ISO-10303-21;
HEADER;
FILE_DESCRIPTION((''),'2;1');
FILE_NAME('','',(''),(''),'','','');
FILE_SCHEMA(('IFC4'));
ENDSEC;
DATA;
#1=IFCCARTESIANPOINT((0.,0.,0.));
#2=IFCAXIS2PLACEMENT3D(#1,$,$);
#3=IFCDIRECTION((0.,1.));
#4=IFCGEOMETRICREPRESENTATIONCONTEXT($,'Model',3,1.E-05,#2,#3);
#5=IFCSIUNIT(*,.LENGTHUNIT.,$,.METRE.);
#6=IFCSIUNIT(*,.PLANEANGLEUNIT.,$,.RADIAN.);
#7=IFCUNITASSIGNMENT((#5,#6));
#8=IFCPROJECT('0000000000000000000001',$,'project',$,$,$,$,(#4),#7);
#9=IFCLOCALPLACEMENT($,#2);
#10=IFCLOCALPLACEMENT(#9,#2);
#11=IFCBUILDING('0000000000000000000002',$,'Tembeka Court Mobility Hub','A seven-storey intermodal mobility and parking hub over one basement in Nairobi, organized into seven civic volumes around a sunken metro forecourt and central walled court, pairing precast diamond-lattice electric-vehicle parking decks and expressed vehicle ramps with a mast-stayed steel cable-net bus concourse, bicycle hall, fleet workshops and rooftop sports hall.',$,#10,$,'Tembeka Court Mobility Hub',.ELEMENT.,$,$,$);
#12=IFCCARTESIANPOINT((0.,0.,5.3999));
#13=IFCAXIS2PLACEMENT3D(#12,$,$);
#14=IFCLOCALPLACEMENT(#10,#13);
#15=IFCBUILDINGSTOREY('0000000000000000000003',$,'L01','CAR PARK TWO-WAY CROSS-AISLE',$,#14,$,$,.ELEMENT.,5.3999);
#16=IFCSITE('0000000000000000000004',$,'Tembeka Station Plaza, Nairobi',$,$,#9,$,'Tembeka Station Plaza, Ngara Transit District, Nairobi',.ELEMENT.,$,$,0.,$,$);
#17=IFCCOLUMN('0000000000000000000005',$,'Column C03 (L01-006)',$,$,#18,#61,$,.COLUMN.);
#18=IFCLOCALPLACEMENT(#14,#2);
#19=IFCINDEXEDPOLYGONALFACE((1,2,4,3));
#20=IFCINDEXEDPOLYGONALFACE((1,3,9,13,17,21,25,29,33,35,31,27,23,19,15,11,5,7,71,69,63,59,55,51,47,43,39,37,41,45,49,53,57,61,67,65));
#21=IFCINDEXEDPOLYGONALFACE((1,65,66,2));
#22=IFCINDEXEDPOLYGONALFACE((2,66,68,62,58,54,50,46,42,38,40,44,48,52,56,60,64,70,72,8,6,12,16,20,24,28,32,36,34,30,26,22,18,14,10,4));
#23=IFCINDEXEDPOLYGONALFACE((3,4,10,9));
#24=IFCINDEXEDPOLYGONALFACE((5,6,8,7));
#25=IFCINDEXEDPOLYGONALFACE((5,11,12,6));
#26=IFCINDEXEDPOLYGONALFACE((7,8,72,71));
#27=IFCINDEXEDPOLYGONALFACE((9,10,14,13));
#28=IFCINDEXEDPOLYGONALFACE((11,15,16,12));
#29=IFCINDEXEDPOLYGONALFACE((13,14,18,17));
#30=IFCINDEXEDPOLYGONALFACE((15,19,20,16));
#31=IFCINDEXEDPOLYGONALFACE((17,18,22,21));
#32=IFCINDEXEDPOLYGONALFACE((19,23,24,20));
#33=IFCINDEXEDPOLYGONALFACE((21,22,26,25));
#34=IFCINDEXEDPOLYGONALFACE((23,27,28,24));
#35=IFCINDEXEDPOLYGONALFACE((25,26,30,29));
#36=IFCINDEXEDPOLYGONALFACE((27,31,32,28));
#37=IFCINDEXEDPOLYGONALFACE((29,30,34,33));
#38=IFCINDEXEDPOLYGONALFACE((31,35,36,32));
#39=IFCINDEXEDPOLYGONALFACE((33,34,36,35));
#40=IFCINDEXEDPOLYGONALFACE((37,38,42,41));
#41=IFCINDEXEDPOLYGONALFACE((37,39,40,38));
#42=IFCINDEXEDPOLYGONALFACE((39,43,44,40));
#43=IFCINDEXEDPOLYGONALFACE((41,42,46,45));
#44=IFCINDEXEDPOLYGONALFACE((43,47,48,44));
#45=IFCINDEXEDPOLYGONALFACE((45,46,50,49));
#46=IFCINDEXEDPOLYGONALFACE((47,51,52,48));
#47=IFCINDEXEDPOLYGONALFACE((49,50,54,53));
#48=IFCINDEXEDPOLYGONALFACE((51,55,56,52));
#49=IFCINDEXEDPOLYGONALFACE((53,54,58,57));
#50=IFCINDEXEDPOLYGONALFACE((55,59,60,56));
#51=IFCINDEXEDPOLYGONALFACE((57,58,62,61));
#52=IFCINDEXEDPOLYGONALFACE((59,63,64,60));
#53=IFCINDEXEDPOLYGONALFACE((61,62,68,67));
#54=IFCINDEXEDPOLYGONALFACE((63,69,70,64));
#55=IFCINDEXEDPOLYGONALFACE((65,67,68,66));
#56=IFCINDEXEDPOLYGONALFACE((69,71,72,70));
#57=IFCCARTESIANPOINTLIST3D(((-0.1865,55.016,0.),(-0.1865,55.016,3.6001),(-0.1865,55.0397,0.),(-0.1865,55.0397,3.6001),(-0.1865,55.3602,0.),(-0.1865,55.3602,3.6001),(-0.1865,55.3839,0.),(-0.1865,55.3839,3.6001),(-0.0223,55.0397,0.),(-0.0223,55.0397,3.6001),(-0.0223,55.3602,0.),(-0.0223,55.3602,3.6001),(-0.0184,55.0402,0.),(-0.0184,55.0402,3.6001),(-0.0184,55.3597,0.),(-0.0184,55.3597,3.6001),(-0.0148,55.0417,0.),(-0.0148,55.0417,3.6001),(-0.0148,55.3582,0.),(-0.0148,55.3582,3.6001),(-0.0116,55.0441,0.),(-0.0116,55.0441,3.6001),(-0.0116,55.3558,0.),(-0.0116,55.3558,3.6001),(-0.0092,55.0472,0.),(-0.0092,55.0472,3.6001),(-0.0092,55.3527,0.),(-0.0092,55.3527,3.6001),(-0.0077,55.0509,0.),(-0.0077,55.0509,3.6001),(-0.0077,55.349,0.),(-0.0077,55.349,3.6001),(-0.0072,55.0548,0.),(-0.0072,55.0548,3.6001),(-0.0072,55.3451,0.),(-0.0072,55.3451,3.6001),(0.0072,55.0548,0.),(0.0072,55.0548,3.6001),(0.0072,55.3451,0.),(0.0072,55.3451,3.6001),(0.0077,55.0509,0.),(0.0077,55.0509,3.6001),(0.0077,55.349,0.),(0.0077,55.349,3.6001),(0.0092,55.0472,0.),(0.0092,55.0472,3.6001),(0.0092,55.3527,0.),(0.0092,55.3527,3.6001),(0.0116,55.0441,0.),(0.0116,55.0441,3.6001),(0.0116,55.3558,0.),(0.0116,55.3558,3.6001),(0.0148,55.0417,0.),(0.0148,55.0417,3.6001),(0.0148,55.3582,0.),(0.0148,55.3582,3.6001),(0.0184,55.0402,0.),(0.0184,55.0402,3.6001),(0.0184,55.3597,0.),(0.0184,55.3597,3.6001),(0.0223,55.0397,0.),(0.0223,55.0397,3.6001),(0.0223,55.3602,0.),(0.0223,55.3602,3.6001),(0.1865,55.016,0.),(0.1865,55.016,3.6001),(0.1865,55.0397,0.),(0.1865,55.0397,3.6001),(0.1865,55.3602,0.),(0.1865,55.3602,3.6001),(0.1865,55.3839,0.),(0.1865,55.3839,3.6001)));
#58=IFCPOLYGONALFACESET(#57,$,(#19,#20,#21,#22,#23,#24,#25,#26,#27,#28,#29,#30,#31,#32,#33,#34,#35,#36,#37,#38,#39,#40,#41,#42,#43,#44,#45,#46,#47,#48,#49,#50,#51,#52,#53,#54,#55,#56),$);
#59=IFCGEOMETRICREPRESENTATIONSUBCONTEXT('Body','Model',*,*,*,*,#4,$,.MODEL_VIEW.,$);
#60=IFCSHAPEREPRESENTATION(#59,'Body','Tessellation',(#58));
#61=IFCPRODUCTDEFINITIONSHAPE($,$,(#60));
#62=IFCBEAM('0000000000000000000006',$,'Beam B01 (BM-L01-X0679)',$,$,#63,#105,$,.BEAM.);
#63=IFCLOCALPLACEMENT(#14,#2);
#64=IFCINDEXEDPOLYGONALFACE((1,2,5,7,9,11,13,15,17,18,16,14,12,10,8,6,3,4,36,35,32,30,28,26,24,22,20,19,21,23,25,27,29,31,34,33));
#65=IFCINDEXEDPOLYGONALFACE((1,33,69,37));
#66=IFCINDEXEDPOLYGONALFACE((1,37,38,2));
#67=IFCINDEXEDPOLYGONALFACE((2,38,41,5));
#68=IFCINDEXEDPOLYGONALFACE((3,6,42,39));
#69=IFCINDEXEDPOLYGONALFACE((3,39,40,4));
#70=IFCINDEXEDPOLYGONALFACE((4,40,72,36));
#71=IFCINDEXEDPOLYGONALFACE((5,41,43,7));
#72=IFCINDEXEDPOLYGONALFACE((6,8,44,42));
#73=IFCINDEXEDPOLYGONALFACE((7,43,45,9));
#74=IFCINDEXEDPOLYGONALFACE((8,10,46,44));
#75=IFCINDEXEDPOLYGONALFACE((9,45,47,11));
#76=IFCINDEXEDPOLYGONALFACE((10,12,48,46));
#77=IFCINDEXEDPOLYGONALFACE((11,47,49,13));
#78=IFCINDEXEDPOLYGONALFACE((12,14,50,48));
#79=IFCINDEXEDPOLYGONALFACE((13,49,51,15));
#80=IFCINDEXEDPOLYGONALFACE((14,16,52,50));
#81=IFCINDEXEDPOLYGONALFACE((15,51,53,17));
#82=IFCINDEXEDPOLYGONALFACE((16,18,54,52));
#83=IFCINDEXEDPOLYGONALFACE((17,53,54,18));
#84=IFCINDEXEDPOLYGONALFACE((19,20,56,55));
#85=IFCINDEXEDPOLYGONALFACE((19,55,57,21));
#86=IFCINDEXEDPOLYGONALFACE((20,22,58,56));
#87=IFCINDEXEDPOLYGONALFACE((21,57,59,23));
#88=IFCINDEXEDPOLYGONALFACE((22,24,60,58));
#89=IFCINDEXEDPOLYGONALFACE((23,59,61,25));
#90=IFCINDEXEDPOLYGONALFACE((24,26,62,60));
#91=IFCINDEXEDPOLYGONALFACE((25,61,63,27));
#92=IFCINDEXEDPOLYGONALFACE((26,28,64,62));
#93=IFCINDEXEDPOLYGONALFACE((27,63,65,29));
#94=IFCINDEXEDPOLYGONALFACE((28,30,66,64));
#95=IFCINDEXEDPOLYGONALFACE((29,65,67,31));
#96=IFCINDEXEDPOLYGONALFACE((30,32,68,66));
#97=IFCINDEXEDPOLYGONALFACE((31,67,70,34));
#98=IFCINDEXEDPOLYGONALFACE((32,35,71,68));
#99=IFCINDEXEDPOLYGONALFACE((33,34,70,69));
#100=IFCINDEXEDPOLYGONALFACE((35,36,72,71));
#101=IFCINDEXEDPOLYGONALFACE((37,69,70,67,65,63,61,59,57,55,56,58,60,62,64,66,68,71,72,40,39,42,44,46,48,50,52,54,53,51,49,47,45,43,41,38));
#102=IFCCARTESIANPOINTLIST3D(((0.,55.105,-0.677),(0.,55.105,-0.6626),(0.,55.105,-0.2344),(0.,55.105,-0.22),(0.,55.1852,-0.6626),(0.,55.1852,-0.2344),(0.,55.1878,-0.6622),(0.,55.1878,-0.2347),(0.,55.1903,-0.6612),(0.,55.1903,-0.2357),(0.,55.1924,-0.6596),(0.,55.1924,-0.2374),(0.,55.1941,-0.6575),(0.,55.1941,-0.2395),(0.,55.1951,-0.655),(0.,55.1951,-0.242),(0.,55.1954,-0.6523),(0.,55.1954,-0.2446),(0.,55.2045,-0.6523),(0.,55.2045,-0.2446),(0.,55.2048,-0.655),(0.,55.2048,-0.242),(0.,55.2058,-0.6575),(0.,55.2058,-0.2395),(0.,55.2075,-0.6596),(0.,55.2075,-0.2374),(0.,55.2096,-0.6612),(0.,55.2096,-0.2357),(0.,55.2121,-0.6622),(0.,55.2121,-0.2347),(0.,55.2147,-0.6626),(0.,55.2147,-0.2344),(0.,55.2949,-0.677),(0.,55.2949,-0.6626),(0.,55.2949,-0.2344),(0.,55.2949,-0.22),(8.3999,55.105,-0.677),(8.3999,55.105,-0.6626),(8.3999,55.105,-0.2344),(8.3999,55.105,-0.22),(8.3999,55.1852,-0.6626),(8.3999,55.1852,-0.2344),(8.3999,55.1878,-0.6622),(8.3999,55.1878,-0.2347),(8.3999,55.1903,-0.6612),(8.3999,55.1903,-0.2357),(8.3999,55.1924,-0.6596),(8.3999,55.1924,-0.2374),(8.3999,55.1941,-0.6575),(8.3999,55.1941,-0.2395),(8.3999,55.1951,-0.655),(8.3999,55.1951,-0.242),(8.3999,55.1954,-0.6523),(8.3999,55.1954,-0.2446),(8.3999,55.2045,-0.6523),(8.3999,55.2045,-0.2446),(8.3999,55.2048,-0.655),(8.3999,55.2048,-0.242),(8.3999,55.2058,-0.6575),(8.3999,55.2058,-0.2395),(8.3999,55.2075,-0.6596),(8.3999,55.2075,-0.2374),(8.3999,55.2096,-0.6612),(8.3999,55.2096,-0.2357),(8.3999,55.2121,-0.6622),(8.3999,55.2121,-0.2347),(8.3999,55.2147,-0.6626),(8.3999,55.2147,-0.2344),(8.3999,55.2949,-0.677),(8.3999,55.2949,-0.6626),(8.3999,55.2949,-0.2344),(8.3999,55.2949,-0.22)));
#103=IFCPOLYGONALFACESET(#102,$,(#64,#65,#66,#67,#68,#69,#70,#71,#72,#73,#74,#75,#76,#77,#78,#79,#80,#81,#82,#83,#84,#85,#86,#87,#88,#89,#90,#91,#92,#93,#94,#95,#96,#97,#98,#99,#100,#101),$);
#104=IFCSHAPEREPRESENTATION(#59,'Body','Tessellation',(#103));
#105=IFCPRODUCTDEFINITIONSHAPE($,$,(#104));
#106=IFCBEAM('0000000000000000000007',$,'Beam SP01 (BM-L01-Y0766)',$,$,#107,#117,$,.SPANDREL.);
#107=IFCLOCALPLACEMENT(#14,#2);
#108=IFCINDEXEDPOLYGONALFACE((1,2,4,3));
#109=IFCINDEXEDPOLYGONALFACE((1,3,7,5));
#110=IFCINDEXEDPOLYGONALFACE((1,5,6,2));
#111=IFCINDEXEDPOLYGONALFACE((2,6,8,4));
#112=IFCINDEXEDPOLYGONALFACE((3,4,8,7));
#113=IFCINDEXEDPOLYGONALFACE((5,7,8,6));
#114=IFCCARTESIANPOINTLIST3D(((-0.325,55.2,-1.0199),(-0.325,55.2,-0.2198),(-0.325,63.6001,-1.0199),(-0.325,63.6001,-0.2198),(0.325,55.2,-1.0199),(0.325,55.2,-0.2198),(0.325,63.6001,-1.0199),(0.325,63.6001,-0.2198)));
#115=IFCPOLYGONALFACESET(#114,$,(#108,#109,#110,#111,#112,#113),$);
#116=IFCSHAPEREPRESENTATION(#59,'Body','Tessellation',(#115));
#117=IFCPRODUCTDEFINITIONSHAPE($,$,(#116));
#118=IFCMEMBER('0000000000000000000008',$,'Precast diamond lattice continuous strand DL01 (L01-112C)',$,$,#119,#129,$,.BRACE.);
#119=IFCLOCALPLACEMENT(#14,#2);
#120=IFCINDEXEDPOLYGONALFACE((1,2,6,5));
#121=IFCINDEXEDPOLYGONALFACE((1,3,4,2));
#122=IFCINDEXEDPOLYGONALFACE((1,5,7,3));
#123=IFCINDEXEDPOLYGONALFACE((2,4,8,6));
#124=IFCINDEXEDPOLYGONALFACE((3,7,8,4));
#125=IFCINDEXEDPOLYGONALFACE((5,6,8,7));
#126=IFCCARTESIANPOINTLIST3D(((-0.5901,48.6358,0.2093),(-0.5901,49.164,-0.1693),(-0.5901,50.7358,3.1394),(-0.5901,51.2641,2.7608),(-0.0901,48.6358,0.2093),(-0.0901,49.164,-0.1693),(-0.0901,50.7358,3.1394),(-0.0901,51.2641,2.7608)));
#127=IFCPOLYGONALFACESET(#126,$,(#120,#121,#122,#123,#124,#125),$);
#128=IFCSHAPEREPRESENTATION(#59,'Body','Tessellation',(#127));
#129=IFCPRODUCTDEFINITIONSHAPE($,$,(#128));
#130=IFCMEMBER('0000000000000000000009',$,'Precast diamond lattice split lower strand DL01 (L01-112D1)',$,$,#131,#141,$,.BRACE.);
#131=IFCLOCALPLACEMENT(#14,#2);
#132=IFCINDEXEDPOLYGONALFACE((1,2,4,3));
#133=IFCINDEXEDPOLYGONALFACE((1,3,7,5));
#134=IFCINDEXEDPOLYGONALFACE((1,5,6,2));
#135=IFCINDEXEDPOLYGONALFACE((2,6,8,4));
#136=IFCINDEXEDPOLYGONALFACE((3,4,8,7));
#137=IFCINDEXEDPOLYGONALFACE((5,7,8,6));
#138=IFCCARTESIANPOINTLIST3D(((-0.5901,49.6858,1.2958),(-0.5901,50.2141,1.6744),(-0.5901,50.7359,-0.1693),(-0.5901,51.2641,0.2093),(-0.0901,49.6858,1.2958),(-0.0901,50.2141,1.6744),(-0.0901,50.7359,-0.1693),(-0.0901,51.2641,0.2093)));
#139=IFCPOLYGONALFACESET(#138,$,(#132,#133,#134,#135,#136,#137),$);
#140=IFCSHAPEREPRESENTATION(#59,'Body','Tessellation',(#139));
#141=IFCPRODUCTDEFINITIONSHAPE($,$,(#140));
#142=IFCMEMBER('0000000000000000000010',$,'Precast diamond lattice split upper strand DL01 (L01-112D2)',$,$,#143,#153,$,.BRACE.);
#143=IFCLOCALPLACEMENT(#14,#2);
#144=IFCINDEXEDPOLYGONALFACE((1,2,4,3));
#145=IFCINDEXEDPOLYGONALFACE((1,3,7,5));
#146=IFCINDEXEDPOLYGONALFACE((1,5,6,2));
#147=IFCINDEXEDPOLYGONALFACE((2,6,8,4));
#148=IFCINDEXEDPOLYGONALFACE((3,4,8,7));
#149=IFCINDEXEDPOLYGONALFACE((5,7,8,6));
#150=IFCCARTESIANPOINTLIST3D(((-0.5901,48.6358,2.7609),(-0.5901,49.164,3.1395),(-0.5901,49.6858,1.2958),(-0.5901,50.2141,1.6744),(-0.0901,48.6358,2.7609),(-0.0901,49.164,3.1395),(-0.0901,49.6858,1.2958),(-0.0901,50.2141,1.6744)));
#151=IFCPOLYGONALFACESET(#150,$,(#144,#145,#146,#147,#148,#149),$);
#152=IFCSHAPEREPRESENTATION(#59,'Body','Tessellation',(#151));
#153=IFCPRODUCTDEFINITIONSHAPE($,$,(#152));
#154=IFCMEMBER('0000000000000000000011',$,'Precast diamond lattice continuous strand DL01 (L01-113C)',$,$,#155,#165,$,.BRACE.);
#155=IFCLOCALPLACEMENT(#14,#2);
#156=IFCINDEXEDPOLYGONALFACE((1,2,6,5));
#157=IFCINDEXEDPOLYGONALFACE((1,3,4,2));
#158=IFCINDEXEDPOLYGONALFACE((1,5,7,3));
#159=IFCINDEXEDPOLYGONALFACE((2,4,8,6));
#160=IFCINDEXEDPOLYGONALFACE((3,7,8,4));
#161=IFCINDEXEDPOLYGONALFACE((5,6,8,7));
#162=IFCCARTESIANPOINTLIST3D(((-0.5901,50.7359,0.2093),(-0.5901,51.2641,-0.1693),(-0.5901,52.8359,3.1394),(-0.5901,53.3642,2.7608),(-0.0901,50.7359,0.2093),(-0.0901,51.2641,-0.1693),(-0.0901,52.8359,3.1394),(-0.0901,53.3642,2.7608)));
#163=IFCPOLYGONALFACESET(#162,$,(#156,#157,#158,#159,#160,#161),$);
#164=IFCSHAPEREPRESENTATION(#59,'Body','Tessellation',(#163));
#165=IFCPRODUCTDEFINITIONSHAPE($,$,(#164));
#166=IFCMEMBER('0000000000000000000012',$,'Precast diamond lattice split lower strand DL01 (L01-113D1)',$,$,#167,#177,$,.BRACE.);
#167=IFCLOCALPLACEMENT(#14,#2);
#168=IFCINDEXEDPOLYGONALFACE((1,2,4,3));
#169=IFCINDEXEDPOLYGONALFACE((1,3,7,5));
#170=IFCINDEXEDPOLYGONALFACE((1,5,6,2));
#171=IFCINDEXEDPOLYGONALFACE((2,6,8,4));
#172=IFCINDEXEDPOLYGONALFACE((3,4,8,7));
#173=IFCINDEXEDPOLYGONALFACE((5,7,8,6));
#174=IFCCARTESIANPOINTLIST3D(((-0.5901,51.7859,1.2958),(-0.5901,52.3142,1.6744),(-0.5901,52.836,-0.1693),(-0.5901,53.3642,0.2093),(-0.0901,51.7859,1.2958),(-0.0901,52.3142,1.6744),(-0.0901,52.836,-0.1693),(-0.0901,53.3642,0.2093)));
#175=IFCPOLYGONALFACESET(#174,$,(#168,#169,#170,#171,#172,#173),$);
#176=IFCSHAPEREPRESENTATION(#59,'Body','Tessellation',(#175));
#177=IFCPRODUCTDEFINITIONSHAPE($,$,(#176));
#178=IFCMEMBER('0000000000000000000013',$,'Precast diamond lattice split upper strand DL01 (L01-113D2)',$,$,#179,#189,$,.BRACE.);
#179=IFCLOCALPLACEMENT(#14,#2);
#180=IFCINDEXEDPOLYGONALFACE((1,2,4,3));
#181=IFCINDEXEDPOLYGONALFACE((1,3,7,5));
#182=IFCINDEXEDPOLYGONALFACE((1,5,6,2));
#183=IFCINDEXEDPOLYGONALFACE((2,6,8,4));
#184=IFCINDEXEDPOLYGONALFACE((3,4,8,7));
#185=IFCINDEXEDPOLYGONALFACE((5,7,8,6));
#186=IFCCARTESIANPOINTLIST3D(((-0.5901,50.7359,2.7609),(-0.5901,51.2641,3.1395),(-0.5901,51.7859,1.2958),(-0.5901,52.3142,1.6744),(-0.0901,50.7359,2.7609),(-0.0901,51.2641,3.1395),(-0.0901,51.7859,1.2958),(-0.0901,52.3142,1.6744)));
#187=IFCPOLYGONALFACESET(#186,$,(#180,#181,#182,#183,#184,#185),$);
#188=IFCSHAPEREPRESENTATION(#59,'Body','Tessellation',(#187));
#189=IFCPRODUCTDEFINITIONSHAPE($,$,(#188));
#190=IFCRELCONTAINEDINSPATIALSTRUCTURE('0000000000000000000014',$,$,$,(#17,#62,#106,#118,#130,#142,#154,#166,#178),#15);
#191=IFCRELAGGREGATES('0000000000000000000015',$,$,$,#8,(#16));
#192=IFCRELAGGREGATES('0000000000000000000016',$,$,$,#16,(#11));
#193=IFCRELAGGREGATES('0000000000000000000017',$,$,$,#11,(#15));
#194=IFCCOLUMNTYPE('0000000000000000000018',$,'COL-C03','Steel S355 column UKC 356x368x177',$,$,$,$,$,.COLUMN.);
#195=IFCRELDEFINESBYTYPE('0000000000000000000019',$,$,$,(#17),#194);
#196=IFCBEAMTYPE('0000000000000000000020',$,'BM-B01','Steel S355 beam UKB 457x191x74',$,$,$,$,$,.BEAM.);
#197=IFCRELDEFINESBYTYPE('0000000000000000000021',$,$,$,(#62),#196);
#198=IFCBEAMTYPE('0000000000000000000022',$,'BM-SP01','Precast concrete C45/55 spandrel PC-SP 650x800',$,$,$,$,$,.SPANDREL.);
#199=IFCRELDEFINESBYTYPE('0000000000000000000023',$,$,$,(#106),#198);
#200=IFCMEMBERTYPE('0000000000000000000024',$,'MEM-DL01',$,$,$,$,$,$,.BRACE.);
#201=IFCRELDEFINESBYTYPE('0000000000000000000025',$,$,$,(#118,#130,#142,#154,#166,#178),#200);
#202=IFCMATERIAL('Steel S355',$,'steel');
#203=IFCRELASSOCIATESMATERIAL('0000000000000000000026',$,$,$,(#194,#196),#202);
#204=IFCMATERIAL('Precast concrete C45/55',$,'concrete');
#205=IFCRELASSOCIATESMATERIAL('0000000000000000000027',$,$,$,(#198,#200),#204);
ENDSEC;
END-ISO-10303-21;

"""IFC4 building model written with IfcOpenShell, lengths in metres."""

from ifc_helpers import new_model, si_unit, direction, frame, origin, origin_2d, place, context, subcontext, project, spatial, rectangle, i_section, extrude, material, material_profile, profile_set, type_object, element, save


model = new_model("IFC4")

# Units and contexts
model_context = context("Model", 3, precision=1e-05, world=origin(), true_north=direction((0.0, 1.0)))
body_context = subcontext(model_context, "Body", "Model", "MODEL_VIEW")
ifc_project = project(units=[si_unit("LENGTHUNIT", "METRE"), si_unit("PLANEANGLEUNIT", "RADIAN")], contexts=[model_context])

# Site, building, storey
site_placement = place(None, origin())
site = spatial("IfcSite", under=ifc_project, at=site_placement, Name="Tembeka Station Plaza, Nairobi", LongName="Tembeka Station Plaza, Ngara Transit District, Nairobi", CompositionType="ELEMENT", RefElevation=0.0)
building_placement = place(site_placement, origin())
building = spatial("IfcBuilding", under=site, at=building_placement, Name="Tembeka Court Mobility Hub", Description="A seven-storey intermodal mobility and parking hub over one basement in Nairobi, organized into seven civic volumes around a sunken metro forecourt and central walled court, pairing precast diamond-lattice electric-vehicle parking decks and expressed vehicle ramps with a mast-stayed steel cable-net bus concourse, bicycle hall, fleet workshops and rooftop sports hall.", LongName="Tembeka Court Mobility Hub", CompositionType="ELEMENT")
storey_placement = place(building_placement, frame((0.0, 0.0, 5.3999)))
storey = spatial("IfcBuildingStorey", under=building, at=storey_placement, Name="L01", Description="CAR PARK TWO-WAY CROSS-AISLE", CompositionType="ELEMENT", Elevation=5.3999)

# Column
ifc_material_1 = material(Name="Steel S355", Category="steel")
ifc_material_profile_1 = material_profile(ifc_material_1, i_section(OverallWidth=0.373, OverallDepth=0.3679, WebThickness=0.0144, FlangeThickness=0.0237, FilletRadius=0.0151, at=origin_2d()), Name="UKC 356x368x177")
ifc_profile_set_1 = profile_set([ifc_material_profile_1], Name="Steel S355")
column_type = type_object("IfcColumnType", Name="COL-C03", Description="Steel S355 column UKC 356x368x177", PredefinedType="COLUMN", material=ifc_profile_set_1)
column_placement = place(storey_placement, frame((0.0, 55.2, 0.0), z_axis=(0.0, 0.0, 1.0), x_axis=(1.0, 0.0, 0.0)))
element("IfcColumn", 1, at=column_placement, inside=storey, type_object=column_type, Name="Column C03 (L01-006)", PredefinedType="COLUMN", context=body_context, shape_type="SweptSolid", body=[
    extrude(i_section(OverallWidth=0.373, OverallDepth=0.3679, WebThickness=0.0144, FlangeThickness=0.0237, FilletRadius=0.0151, at=origin_2d()), origin(), (0.0, 0.0, 1.0), 3.6001),
])

# Beams
ifc_material_profile_2 = material_profile(ifc_material_1, i_section(OverallWidth=0.1899, OverallDepth=0.457, WebThickness=0.009, FlangeThickness=0.0144, FilletRadius=0.0103, at=origin_2d()), Name="UKB 457x191x74")
ifc_profile_set_2 = profile_set([ifc_material_profile_2], Name="Steel S355")
beam_type_1 = type_object("IfcBeamType", Name="BM-B01", Description="Steel S355 beam UKB 457x191x74", PredefinedType="BEAM", material=ifc_profile_set_2)
beam_1_placement = place(storey_placement, frame((0.0, 55.2, -0.4485), z_axis=(1.0, 0.0, 0.0), x_axis=(0.0, 1.0, 0.0)))
element("IfcBeam", 2, at=beam_1_placement, inside=storey, type_object=beam_type_1, Name="Beam B01 (BM-L01-X0679)", PredefinedType="BEAM", context=body_context, shape_type="SweptSolid", body=[
    extrude(i_section(OverallWidth=0.1899, OverallDepth=0.457, WebThickness=0.009, FlangeThickness=0.0144, FilletRadius=0.0103, at=origin_2d()), origin(), (0.0, 0.0, 1.0), 8.3999),
])
ifc_material_2 = material(Name="Precast concrete C45/55", Category="concrete")
ifc_material_profile_3 = material_profile(ifc_material_2, rectangle(XDim=0.6499, YDim=0.8, at=origin_2d()), Name="PC-SP 650x800")
ifc_profile_set_3 = profile_set([ifc_material_profile_3], Name="Precast concrete C45/55")
beam_type_2 = type_object("IfcBeamType", Name="BM-SP01", Description="Precast concrete C45/55 spandrel PC-SP 650x800", PredefinedType="SPANDREL", material=ifc_profile_set_3)
beam_2_placement = place(storey_placement, frame((0.0, 55.2, -0.6199), z_axis=(0.0, 1.0, 0.0), x_axis=(-1.0, 0.0, 0.0)))
element("IfcBeam", 3, at=beam_2_placement, inside=storey, type_object=beam_type_2, Name="Beam SP01 (BM-L01-Y0766)", PredefinedType="SPANDREL", context=body_context, shape_type="SweptSolid", body=[
    extrude(rectangle(XDim=0.6499, YDim=0.8, at=origin_2d()), origin(), (0.0, 0.0, 1.0), 8.4001),
])

# Members
ifc_material_profile_4 = material_profile(ifc_material_2, rectangle(XDim=0.5, YDim=0.6499, at=origin_2d()), Name="PC-DIAG 500x650")
ifc_profile_set_4 = profile_set([ifc_material_profile_4], Name="Precast concrete C45/55")
member_type_1 = type_object("IfcMemberType", Name="MEM-DL01", PredefinedType="BRACE", material=ifc_profile_set_4)
member_1_placement = place(storey_placement, frame((-0.3401, 48.8999, 0.02), z_axis=(0.0, 0.582544, 0.812799), x_axis=(-1.0, 0.0, 0.0)))
element("IfcMember", 4, at=member_1_placement, inside=storey, type_object=member_type_1, Name="Precast diamond lattice continuous strand DL01 (L01-112C)", PredefinedType="BRACE", context=body_context, shape_type="SweptSolid", body=[
    extrude(rectangle(XDim=0.5, YDim=0.6499, at=origin_2d()), origin(), (0.0, 0.0, 1.0), 3.605),
])
for number, where, z_axis, x_axis, name in (
    (5, (-0.3401, 51.0, 0.02), (0.0, -0.582544, 0.812799), (1.0, 0.0, 0.0), "Precast diamond lattice split lower strand DL01 (L01-112D1)"),
    (6, (-0.3401, 49.95, 1.4851), (0.0, -0.582544, 0.812799), (1.0, 0.0, 0.0), "Precast diamond lattice split upper strand DL01 (L01-112D2)"),
):
    element("IfcMember", number, at=place(storey_placement, frame(where, z_axis=z_axis, x_axis=x_axis)), inside=storey, type_object=member_type_1, Name=name, PredefinedType="BRACE", context=body_context, shape_type="SweptSolid", body=[
        extrude(rectangle(XDim=0.5, YDim=0.6499, at=origin_2d()), origin(), (0.0, 0.0, 1.0), 1.8025),
    ])
member_2_placement = place(storey_placement, frame((-0.3401, 51.0, 0.02), z_axis=(0.0, 0.582544, 0.812799), x_axis=(-1.0, 0.0, 0.0)))
element("IfcMember", 7, at=member_2_placement, inside=storey, type_object=member_type_1, Name="Precast diamond lattice continuous strand DL01 (L01-113C)", PredefinedType="BRACE", context=body_context, shape_type="SweptSolid", body=[
    extrude(rectangle(XDim=0.5, YDim=0.6499, at=origin_2d()), origin(), (0.0, 0.0, 1.0), 3.605),
])
for number, where, z_axis, x_axis, name in (
    (8, (-0.3401, 53.1001, 0.02), (0.0, -0.582544, 0.812799), (1.0, 0.0, 0.0), "Precast diamond lattice split lower strand DL01 (L01-113D1)"),
    (9, (-0.3401, 52.05, 1.4851), (0.0, -0.582544, 0.812799), (1.0, 0.0, 0.0), "Precast diamond lattice split upper strand DL01 (L01-113D2)"),
):
    element("IfcMember", number, at=place(storey_placement, frame(where, z_axis=z_axis, x_axis=x_axis)), inside=storey, type_object=member_type_1, Name=name, PredefinedType="BRACE", context=body_context, shape_type="SweptSolid", body=[
        extrude(rectangle(XDim=0.5, YDim=0.6499, at=origin_2d()), origin(), (0.0, 0.0, 1.0), 1.8025),
    ])

save(model, "model.ifc")
